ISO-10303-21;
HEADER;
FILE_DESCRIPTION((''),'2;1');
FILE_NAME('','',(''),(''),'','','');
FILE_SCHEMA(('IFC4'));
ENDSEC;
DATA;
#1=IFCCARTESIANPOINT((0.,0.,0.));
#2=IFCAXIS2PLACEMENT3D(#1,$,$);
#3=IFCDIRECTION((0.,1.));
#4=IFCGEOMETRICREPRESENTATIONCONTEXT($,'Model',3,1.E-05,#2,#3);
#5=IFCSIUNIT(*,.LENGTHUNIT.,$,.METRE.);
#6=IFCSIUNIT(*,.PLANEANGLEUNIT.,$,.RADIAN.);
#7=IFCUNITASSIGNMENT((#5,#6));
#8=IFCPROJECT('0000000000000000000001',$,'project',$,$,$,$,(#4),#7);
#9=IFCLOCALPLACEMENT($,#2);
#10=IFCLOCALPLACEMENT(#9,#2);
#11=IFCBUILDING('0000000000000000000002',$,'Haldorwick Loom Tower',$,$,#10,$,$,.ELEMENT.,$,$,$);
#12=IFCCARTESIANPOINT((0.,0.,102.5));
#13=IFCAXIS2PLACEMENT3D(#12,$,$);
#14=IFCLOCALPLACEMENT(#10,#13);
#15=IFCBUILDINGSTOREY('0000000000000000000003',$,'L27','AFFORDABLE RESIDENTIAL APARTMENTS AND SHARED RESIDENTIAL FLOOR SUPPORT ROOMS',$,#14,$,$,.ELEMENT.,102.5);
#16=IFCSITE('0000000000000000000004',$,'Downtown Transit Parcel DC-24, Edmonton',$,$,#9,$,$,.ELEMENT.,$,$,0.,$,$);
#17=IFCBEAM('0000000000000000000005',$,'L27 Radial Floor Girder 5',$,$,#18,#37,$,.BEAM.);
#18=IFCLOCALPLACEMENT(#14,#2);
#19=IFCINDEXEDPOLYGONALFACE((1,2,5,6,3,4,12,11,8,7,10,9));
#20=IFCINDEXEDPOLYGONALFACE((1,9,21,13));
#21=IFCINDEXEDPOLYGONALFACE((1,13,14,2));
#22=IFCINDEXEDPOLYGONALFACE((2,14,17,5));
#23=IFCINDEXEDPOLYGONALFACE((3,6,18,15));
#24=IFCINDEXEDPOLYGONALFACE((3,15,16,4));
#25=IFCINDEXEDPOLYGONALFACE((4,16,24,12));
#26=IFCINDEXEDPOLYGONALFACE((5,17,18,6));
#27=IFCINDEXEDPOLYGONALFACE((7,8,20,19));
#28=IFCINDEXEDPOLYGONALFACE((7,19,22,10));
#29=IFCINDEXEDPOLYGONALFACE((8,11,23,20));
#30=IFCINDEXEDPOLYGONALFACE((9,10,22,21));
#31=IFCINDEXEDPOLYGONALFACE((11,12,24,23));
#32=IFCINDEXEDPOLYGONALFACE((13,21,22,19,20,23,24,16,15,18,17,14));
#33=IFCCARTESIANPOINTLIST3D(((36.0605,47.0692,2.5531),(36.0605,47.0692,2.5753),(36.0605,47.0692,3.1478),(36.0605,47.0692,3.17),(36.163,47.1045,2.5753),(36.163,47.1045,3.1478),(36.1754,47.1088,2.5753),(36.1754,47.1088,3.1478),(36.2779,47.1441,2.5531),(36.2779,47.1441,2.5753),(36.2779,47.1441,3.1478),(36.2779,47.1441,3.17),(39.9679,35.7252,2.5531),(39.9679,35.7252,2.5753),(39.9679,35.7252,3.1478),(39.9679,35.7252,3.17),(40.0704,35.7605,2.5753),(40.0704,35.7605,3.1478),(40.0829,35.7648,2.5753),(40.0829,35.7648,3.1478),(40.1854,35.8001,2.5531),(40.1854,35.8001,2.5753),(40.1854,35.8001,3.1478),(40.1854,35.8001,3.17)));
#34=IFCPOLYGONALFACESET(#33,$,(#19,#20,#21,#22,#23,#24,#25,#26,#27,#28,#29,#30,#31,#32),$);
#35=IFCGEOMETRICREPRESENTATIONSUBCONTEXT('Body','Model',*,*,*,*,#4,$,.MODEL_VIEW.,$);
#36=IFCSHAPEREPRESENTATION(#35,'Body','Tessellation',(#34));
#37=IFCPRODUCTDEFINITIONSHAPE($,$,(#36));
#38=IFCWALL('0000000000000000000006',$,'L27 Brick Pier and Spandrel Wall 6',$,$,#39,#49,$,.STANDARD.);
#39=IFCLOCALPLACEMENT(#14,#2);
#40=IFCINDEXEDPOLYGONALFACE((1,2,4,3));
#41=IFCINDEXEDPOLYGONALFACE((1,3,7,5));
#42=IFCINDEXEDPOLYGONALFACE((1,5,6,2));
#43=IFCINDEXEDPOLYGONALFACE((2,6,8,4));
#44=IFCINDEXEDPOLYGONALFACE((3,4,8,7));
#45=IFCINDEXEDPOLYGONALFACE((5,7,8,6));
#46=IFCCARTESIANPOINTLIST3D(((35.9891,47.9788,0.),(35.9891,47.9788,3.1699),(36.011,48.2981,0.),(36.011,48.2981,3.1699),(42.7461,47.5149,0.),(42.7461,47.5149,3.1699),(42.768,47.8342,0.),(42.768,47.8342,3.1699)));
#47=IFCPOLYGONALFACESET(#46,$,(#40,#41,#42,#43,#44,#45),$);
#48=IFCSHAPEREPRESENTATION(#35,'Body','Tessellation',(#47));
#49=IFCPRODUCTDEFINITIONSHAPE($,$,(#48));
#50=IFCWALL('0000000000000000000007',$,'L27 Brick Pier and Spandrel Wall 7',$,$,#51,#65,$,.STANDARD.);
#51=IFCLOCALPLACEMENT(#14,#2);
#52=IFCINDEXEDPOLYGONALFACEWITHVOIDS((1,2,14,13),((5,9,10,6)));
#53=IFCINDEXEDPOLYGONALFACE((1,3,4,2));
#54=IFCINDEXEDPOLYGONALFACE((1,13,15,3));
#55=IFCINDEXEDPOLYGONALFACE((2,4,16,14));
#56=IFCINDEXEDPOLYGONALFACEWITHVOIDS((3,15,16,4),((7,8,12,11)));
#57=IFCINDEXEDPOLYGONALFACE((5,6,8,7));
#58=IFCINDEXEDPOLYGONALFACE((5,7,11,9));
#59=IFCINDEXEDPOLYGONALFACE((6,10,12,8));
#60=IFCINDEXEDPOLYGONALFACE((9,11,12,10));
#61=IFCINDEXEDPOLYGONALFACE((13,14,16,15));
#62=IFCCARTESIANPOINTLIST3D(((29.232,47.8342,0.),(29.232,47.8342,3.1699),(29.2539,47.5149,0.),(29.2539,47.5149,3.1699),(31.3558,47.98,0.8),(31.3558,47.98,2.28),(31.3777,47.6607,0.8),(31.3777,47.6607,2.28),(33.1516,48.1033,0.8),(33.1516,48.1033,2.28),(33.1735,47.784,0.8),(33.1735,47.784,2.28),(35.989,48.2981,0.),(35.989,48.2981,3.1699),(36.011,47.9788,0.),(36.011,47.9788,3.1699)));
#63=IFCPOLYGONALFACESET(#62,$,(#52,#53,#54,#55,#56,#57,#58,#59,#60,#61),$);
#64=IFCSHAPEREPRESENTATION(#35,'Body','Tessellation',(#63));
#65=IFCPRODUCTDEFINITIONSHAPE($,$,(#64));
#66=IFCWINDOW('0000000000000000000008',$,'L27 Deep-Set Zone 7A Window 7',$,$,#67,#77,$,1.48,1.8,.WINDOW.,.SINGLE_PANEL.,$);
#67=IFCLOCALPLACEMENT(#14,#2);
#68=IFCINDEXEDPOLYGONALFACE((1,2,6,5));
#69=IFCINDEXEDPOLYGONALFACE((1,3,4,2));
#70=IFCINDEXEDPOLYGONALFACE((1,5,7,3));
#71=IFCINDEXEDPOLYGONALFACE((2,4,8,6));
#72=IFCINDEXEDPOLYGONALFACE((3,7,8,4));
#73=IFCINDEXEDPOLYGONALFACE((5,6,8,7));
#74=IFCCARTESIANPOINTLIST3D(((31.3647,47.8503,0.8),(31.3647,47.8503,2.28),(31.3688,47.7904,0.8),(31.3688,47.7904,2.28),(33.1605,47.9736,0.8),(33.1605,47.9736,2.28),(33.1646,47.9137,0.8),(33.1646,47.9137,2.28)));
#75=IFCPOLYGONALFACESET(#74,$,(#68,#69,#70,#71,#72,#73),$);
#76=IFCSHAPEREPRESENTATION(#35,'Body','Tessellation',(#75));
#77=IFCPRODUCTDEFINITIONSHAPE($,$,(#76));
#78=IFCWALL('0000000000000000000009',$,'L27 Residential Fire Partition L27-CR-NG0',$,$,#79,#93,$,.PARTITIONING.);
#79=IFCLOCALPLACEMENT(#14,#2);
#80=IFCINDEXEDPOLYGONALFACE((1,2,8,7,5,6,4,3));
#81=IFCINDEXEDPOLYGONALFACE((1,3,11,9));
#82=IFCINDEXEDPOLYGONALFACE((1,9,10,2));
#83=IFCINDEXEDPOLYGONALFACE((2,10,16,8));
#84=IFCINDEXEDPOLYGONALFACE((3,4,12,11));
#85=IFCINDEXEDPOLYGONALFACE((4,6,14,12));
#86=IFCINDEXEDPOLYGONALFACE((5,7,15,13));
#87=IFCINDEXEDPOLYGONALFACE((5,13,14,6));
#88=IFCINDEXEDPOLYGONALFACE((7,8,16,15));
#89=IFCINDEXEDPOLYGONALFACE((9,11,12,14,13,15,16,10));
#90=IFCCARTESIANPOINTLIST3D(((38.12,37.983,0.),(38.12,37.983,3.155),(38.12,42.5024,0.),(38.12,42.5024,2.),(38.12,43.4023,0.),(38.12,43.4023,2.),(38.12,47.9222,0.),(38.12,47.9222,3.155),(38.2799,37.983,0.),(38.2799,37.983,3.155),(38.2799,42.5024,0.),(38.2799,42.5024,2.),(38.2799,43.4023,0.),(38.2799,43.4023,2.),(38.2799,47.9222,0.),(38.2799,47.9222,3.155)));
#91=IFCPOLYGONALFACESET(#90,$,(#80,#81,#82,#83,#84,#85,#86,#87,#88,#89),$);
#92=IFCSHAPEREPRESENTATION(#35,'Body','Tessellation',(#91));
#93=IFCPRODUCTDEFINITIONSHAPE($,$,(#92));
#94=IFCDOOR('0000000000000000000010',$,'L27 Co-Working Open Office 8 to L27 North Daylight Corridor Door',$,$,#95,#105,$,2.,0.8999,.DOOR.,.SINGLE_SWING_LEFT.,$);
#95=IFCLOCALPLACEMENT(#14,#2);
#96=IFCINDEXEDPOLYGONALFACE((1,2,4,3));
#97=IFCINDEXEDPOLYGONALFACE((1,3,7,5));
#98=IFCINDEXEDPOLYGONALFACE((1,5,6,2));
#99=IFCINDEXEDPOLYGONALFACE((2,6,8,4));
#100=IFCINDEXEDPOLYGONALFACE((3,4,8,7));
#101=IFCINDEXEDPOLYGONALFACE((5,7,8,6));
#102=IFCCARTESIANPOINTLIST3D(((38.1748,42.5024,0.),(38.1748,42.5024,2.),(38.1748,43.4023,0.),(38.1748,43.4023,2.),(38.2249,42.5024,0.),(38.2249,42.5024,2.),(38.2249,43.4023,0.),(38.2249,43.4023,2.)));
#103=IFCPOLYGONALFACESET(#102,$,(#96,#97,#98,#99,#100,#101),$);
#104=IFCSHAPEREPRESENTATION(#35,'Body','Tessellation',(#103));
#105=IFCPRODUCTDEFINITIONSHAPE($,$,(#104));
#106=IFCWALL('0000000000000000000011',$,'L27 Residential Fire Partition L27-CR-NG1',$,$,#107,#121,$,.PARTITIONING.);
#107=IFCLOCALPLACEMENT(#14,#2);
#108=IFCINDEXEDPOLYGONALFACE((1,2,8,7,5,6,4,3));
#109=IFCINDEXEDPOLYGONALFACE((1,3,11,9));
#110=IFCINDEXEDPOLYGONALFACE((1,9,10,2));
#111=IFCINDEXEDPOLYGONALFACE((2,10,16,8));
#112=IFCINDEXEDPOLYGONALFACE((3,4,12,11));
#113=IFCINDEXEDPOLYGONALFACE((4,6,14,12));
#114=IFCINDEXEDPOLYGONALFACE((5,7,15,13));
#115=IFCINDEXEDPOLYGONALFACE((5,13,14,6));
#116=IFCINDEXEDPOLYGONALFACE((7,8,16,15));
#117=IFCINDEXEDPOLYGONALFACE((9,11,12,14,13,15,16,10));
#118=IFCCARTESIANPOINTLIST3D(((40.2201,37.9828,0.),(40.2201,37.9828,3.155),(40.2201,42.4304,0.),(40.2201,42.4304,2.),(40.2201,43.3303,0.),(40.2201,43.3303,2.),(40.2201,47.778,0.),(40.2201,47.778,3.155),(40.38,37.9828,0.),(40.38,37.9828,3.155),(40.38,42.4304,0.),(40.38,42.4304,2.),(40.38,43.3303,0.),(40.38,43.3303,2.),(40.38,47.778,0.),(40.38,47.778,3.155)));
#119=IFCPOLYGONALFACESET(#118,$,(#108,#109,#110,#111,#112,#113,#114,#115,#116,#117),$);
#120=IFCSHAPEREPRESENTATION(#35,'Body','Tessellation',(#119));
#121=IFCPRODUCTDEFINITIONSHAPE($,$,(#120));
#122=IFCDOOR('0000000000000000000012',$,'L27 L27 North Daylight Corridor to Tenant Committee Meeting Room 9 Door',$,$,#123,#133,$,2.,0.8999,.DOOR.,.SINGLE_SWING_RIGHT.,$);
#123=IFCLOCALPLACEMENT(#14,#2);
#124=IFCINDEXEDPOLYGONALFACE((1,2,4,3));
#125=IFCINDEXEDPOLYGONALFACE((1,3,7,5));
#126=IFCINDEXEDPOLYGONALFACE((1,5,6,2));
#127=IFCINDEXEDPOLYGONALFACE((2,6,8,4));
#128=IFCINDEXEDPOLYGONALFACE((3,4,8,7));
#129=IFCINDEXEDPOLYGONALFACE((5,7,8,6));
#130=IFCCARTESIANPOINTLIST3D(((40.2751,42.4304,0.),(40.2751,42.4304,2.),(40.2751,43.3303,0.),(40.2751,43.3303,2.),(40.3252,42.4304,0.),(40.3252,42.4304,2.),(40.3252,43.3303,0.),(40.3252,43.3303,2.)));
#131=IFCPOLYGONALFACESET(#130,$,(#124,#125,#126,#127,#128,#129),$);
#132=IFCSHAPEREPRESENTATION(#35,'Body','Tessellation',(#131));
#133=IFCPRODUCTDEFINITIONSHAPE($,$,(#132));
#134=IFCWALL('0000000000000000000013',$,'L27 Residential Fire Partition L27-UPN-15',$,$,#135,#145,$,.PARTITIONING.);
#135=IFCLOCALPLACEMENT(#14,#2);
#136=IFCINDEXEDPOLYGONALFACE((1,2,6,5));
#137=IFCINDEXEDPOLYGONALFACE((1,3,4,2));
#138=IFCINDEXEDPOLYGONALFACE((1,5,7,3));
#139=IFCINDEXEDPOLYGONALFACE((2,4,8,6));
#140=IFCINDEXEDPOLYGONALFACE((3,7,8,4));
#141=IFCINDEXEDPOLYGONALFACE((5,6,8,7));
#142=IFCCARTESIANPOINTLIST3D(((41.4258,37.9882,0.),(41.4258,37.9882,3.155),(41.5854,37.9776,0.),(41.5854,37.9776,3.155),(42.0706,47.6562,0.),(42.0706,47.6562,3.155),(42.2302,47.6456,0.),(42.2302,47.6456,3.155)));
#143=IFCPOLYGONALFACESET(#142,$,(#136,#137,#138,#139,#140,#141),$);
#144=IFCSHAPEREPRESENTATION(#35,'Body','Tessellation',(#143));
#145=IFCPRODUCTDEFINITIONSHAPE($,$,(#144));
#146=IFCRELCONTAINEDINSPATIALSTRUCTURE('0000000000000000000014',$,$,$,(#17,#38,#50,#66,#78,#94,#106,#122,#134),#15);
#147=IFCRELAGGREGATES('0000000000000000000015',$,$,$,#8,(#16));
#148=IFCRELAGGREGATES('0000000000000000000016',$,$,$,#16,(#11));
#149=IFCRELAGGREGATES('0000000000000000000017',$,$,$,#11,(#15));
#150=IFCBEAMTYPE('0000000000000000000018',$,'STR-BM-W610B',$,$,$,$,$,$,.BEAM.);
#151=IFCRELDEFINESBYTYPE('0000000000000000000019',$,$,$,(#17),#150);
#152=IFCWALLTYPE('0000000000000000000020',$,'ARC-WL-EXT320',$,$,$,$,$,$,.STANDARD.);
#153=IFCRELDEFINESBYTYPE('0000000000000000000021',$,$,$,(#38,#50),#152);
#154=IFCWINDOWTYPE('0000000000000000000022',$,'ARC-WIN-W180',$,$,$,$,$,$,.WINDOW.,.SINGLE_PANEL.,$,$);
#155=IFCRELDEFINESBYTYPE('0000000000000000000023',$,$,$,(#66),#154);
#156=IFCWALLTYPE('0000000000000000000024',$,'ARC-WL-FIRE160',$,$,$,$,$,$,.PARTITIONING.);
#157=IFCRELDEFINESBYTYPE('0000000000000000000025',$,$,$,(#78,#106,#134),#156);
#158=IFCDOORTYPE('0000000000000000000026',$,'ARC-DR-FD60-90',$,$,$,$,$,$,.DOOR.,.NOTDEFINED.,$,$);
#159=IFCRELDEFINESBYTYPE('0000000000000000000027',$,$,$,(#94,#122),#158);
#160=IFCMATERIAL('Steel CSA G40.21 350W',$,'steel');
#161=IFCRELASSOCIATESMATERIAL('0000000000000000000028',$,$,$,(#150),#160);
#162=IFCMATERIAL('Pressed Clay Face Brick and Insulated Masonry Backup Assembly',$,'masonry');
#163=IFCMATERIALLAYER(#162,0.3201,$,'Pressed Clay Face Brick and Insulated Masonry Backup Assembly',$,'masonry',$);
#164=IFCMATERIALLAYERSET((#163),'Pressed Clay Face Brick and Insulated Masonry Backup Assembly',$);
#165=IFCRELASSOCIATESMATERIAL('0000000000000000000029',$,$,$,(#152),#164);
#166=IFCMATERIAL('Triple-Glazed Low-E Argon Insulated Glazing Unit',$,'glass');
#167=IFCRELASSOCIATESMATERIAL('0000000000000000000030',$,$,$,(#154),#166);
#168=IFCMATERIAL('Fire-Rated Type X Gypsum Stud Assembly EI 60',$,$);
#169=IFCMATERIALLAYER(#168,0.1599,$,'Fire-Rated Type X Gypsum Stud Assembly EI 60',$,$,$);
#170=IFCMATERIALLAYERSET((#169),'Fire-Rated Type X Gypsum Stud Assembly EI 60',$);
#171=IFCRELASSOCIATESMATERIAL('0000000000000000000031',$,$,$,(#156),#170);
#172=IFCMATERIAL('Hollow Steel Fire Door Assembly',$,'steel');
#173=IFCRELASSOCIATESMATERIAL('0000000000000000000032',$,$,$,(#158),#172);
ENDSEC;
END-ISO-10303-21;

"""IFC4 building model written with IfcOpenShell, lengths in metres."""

from ifc_helpers import new_model, si_unit, direction, frame, frame_2d, origin, origin_2d, place, context, subcontext, project, spatial, rectangle, i_section, extrude, material, layer, layer_set, material_profile, profile_set, type_object, element, fill, save


model = new_model("IFC4")

# Units and contexts
model_context = context("Model", 3, precision=1e-05, world=origin(), true_north=direction((0.0, 1.0)))
body_context = subcontext(model_context, "Body", "Model", "MODEL_VIEW")
ifc_project = project(units=[si_unit("LENGTHUNIT", "METRE"), si_unit("PLANEANGLEUNIT", "RADIAN")], contexts=[model_context])

# Site, building, storey
site_placement = place(None, origin())
site = spatial("IfcSite", under=ifc_project, at=site_placement, Name="Downtown Transit Parcel DC-24, Edmonton", CompositionType="ELEMENT", RefElevation=0.0)
building_placement = place(site_placement, origin())
building = spatial("IfcBuilding", under=site, at=building_placement, Name="Haldorwick Loom Tower", CompositionType="ELEMENT")
storey_placement = place(building_placement, frame((0.0, 0.0, 102.5)))
storey = spatial("IfcBuildingStorey", under=building, at=storey_placement, Name="L27", Description="AFFORDABLE RESIDENTIAL APARTMENTS AND SHARED RESIDENTIAL FLOOR SUPPORT ROOMS", CompositionType="ELEMENT", Elevation=102.5)

# Beam
ifc_material_1 = material(Name="Steel CSA G40.21 350W", Category="steel")
ifc_material_profile_1 = material_profile(ifc_material_1, i_section(OverallWidth=0.23, OverallDepth=0.6169, WebThickness=0.0132, FlangeThickness=0.0222, at=origin_2d()), Name="W610X140", Category="steel")
ifc_profile_set_1 = profile_set([ifc_material_profile_1], Name="Steel CSA G40.21 350W")
beam_type_1 = type_object("IfcBeamType", Name="STR-BM-W610B", PredefinedType="BEAM", material=ifc_profile_set_1)
beam_1_placement = place(storey_placement, frame((40.0767, 35.7627, 2.8616), z_axis=(-0.325674, 0.945482, 0.0), x_axis=(-0.945482, -0.325674, 0.0)))
element("IfcBeam", 1, at=beam_1_placement, inside=storey, type_object=beam_type_1, Name="L27 Radial Floor Girder 5", PredefinedType="BEAM", context=body_context, shape_type="SweptSolid", body=[
    extrude(i_section(OverallWidth=0.23, OverallDepth=0.6169, WebThickness=0.0132, FlangeThickness=0.0222, at=origin_2d()), origin(), (0.0, 0.0, 1.0), 11.998),
])

# Wall
ifc_material_2 = material(Name="Pressed Clay Face Brick and Insulated Masonry Backup Assembly", Category="masonry")
ifc_layer_1 = layer(ifc_material_2, 0.3201, Name="Pressed Clay Face Brick and Insulated Masonry Backup Assembly", Category="masonry")
ifc_layer_set_1 = layer_set([ifc_layer_1], Name="Pressed Clay Face Brick and Insulated Masonry Backup Assembly")
wall_type_1 = type_object("IfcWallType", Name="ARC-WL-EXT320", PredefinedType="STANDARD", material=ifc_layer_set_1)
wall_1_placement = place(storey_placement, frame((42.7571, 47.6746, 0.0), z_axis=(0.0, 0.0, 1.0), x_axis=(-0.997652, 0.068488, 0.0)))
element("IfcWall", 2, at=wall_1_placement, inside=storey, type_object=wall_type_1, Name="L27 Brick Pier and Spandrel Wall 6", PredefinedType="STANDARD", context=body_context, shape_type="SweptSolid", body=[
    extrude(rectangle(XDim=6.7729, YDim=0.3201, at=frame_2d((3.3865, 0.0))), origin(), (0.0, 0.0, 1.0), 3.1699),
])

# Wall, opening, window
wall_2_placement = place(storey_placement, frame((36.0, 48.1384, 0.0), z_axis=(0.0, 0.0, 1.0), x_axis=(-0.997652, -0.068488, 0.0)))
wall_2 = element("IfcWall", 3, at=wall_2_placement, inside=storey, type_object=wall_type_1, Name="L27 Brick Pier and Spandrel Wall 7", PredefinedType="STANDARD", context=body_context, shape_type="SweptSolid", body=[
    extrude(rectangle(XDim=6.7729, YDim=0.3201, at=frame_2d((3.3865, 0.0))), origin(), (0.0, 0.0, 1.0), 3.1699),
])
opening_1_placement = place(wall_2_placement, frame((2.8442, 0.0, 0.8)))
opening_1 = element("IfcOpeningElement", 4, at=opening_1_placement, cuts=wall_2, PredefinedType="OPENING", context=body_context, shape_type="SweptSolid", body=[
    extrude(rectangle(XDim=1.8, YDim=1.48, at=frame_2d((0.8999, 0.74))), frame((0.0, 0.1699, 0.0), z_axis=(0.0, -1.0, 0.0), x_axis=(1.0, 0.0, 0.0)), (0.0, 0.0, 1.0), 0.3401),
])
ifc_material_3 = material(Name="Triple-Glazed Low-E Argon Insulated Glazing Unit", Category="glass")
window_type = type_object("IfcWindowType", Name="ARC-WIN-W180", PartitioningType="SINGLE_PANEL", PredefinedType="WINDOW", material=ifc_material_3)
window_placement = place(opening_1_placement, origin())
window = element("IfcWindow", 5, at=window_placement, inside=storey, type_object=window_type, Name="L27 Deep-Set Zone 7A Window 7", OverallHeight=1.48, OverallWidth=1.8, PartitioningType="SINGLE_PANEL", PredefinedType="WINDOW", context=body_context, shape_type="SweptSolid", body=[
    extrude(rectangle(XDim=1.8, YDim=1.48, at=frame_2d((0.8999, 0.74))), frame((0.0, 0.03, 0.0), z_axis=(0.0, -1.0, 0.0), x_axis=(1.0, 0.0, 0.0)), (0.0, 0.0, 1.0), 0.0601),
])
fill(opening_1, window)

# Walls, openings, doors
ifc_material_4 = material(Name="Fire-Rated Type X Gypsum Stud Assembly EI 60")
ifc_layer_2 = layer(ifc_material_4, 0.1599, Name="Fire-Rated Type X Gypsum Stud Assembly EI 60")
ifc_layer_set_2 = layer_set([ifc_layer_2], Name="Fire-Rated Type X Gypsum Stud Assembly EI 60")
wall_type_2 = type_object("IfcWallType", Name="ARC-WL-FIRE160", PredefinedType="PARTITIONING", material=ifc_layer_set_2)
wall_3_placement = place(storey_placement, frame((38.2, 37.9829, 0.0), z_axis=(0.0, 0.0, 1.0), x_axis=(0.0, 1.0, 0.0)))
wall_3 = element("IfcWall", 6, at=wall_3_placement, inside=storey, type_object=wall_type_2, Name="L27 Residential Fire Partition L27-CR-NG0", PredefinedType="PARTITIONING", context=body_context, shape_type="SweptSolid", body=[
    extrude(rectangle(XDim=9.9392, YDim=0.1599, at=frame_2d((4.9697, 0.0))), origin(), (0.0, 0.0, 1.0), 3.155),
])
opening_2_placement = place(wall_3_placement, frame((4.5195, 0.0, 0.0)))
opening_2 = element("IfcOpeningElement", 7, at=opening_2_placement, cuts=wall_3, PredefinedType="OPENING", context=body_context, shape_type="SweptSolid", body=[
    extrude(rectangle(XDim=0.8999, YDim=2.0, at=frame_2d((0.45, 1.0))), frame((0.0, 0.0898, 0.0), z_axis=(0.0, -1.0, 0.0), x_axis=(1.0, 0.0, 0.0)), (0.0, 0.0, 1.0), 0.1799),
])
ifc_material_5 = material(Name="Hollow Steel Fire Door Assembly", Category="steel")
door_type = type_object("IfcDoorType", Name="ARC-DR-FD60-90", OperationType="NOTDEFINED", PredefinedType="DOOR", material=ifc_material_5)
door_1_placement = place(opening_2_placement, frame((0.8999, 0.0, 0.0), z_axis=(0.0, 0.0, 1.0), x_axis=(-1.0, 0.0, 0.0)))
door_1 = element("IfcDoor", 8, at=door_1_placement, inside=storey, type_object=door_type, Name="L27 Co-Working Open Office 8 to L27 North Daylight Corridor Door", OperationType="SINGLE_SWING_LEFT", OverallHeight=2.0, OverallWidth=0.8999, PredefinedType="DOOR", context=body_context, shape_type="SweptSolid", body=[
    extrude(rectangle(XDim=0.8999, YDim=2.0, at=frame_2d((0.45, 1.0))), frame((0.0, 0.0249, 0.0), z_axis=(0.0, -1.0, 0.0), x_axis=(1.0, 0.0, 0.0)), (0.0, 0.0, 1.0), 0.05),
])
fill(opening_2, door_1)
wall_4_placement = place(storey_placement, frame((40.3, 37.9829, 0.0), z_axis=(0.0, 0.0, 1.0), x_axis=(0.0, 1.0, 0.0)))
wall_4 = element("IfcWall", 9, at=wall_4_placement, inside=storey, type_object=wall_type_2, Name="L27 Residential Fire Partition L27-CR-NG1", PredefinedType="PARTITIONING", context=body_context, shape_type="SweptSolid", body=[
    extrude(rectangle(XDim=9.7952, YDim=0.1599, at=frame_2d((4.8975, 0.0))), origin(), (0.0, 0.0, 1.0), 3.155),
])
opening_3_placement = place(wall_4_placement, frame((4.4475, 0.0, 0.0)))
opening_3 = element("IfcOpeningElement", 10, at=opening_3_placement, cuts=wall_4, PredefinedType="OPENING", context=body_context, shape_type="SweptSolid", body=[
    extrude(rectangle(XDim=0.8999, YDim=2.0, at=frame_2d((0.45, 1.0))), frame((0.0, 0.0898, 0.0), z_axis=(0.0, -1.0, 0.0), x_axis=(1.0, 0.0, 0.0)), (0.0, 0.0, 1.0), 0.1799),
])
door_2_placement = place(opening_3_placement, origin())
door_2 = element("IfcDoor", 11, at=door_2_placement, inside=storey, type_object=door_type, Name="L27 L27 North Daylight Corridor to Tenant Committee Meeting Room 9 Door", OperationType="SINGLE_SWING_RIGHT", OverallHeight=2.0, OverallWidth=0.8999, PredefinedType="DOOR", context=body_context, shape_type="SweptSolid", body=[
    extrude(rectangle(XDim=0.8999, YDim=2.0, at=frame_2d((0.45, 1.0))), frame((0.0, 0.0249, 0.0), z_axis=(0.0, -1.0, 0.0), x_axis=(1.0, 0.0, 0.0)), (0.0, 0.0, 1.0), 0.05),
])
fill(opening_3, door_2)

# Wall
wall_5_placement = place(storey_placement, frame((41.5056, 37.9829, 0.0), z_axis=(0.0, 0.0, 1.0), x_axis=(0.066544, 0.997783, 0.0)))
element("IfcWall", 12, at=wall_5_placement, inside=storey, type_object=wall_type_2, Name="L27 Residential Fire Partition L27-UPN-15", PredefinedType="PARTITIONING", context=body_context, shape_type="SweptSolid", body=[
    extrude(rectangle(XDim=9.6895, YDim=0.1599, at=frame_2d((4.8447, 0.0))), origin(), (0.0, 0.0, 1.0), 3.155),
])

save(model, "model.ifc")
